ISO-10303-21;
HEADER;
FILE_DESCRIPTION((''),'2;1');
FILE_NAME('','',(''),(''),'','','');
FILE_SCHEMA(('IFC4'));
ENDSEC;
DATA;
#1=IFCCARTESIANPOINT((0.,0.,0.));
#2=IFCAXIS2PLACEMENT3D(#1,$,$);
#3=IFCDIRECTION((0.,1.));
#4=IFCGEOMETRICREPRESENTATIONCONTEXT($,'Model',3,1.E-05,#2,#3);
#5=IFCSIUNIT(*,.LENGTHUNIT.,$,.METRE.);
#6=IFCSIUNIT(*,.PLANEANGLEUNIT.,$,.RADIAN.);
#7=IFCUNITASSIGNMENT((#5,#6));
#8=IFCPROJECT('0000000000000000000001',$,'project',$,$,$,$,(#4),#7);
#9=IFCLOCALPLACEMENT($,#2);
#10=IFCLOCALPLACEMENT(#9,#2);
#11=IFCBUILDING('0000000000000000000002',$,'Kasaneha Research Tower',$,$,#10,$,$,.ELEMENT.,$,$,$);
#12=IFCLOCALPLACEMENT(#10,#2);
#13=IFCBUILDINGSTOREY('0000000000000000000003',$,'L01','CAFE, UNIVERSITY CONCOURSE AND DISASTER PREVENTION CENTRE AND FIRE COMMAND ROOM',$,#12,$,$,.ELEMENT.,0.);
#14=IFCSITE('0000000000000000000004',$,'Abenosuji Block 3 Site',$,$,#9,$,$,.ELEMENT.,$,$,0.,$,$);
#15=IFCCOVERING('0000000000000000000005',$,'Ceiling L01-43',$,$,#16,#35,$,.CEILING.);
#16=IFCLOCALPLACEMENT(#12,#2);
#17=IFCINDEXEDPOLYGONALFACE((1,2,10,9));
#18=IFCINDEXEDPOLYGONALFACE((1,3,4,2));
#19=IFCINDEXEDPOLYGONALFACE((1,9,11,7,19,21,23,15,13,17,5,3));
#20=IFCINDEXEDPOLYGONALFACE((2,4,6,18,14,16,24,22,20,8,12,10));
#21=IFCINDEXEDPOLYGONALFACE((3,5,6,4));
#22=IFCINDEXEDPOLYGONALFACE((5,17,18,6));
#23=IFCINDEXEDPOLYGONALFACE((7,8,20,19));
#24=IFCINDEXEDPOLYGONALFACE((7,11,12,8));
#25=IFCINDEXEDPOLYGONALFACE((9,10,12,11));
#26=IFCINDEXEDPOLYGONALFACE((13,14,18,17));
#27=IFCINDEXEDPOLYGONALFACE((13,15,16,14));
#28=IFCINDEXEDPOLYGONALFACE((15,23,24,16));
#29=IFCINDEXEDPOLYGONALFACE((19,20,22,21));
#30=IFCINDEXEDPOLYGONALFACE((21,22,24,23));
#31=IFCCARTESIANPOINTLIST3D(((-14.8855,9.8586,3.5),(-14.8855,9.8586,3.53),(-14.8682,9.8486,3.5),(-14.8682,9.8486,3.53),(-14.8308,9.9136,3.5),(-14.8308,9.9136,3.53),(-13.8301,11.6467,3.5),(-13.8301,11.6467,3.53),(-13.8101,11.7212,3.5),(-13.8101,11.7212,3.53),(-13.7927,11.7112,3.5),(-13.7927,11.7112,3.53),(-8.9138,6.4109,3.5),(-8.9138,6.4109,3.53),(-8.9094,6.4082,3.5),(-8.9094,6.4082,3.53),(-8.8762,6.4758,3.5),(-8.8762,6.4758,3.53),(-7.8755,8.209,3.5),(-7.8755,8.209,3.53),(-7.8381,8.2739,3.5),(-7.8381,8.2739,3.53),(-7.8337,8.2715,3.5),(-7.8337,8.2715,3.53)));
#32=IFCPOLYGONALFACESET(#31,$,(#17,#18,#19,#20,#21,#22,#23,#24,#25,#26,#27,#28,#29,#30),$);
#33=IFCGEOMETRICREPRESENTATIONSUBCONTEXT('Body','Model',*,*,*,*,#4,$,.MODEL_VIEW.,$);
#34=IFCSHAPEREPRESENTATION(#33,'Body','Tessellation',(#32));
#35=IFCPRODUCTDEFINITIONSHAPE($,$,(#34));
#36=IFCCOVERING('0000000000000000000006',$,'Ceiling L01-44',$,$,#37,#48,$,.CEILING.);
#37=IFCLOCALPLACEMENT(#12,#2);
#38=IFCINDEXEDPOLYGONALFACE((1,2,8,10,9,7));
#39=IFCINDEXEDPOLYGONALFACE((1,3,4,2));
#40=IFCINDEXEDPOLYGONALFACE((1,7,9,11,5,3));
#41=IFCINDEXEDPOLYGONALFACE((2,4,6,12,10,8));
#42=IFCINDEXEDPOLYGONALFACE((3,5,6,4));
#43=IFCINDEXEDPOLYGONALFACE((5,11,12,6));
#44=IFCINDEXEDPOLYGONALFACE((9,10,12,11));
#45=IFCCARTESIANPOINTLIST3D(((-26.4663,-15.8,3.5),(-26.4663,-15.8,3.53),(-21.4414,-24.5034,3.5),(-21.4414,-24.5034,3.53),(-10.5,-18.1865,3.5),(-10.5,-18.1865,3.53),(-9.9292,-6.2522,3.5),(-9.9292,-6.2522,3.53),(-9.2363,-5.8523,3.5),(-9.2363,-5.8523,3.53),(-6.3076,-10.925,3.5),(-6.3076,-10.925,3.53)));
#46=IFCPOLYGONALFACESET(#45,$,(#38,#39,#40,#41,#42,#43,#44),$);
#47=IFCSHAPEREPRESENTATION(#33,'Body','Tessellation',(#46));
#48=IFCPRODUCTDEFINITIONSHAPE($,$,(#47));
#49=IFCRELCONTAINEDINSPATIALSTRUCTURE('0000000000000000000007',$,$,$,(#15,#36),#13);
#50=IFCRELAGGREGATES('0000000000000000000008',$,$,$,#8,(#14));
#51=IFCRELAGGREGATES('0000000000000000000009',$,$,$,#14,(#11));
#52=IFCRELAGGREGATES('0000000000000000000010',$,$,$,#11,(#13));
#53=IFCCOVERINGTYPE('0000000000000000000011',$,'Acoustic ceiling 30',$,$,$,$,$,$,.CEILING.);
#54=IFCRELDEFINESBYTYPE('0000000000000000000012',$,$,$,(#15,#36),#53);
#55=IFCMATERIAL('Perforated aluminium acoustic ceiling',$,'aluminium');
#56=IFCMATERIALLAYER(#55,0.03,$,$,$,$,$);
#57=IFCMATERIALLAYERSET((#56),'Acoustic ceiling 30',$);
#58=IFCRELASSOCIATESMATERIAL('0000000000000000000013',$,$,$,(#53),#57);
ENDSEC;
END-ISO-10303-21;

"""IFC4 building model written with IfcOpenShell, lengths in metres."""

from ifc_helpers import new_model, si_unit, direction, frame, origin, place, context, subcontext, project, spatial, polyline, outline, extrude, material, layer, layer_set, type_object, element, save


model = new_model("IFC4")

# Units and contexts
model_context = context("Model", 3, precision=1e-05, world=origin(), true_north=direction((0.0, 1.0)))
body_context = subcontext(model_context, "Body", "Model", "MODEL_VIEW")
ifc_project = project(units=[si_unit("LENGTHUNIT", "METRE"), si_unit("PLANEANGLEUNIT", "RADIAN")], contexts=[model_context])

# Site, building, storey
site_placement = place(None, origin())
site = spatial("IfcSite", under=ifc_project, at=site_placement, Name="Abenosuji Block 3 Site", CompositionType="ELEMENT", RefElevation=0.0)
building_placement = place(site_placement, origin())
building = spatial("IfcBuilding", under=site, at=building_placement, Name="Kasaneha Research Tower", CompositionType="ELEMENT")
storey_placement = place(building_placement, origin())
storey = spatial("IfcBuildingStorey", under=building, at=storey_placement, Name="L01", Description="CAFE, UNIVERSITY CONCOURSE AND DISASTER PREVENTION CENTRE AND FIRE COMMAND ROOM", CompositionType="ELEMENT", Elevation=0.0)

# Coverings
ifc_material_1 = material(Name="Perforated aluminium acoustic ceiling", Category="aluminium")
ifc_layer_1 = layer(ifc_material_1, 0.03)
ifc_layer_set_1 = layer_set([ifc_layer_1], Name="Acoustic ceiling 30")
covering_type = type_object("IfcCoveringType", Name="Acoustic ceiling 30", PredefinedType="CEILING", material=ifc_layer_set_1)
covering_1_placement = place(storey_placement, frame((0.0, 0.0, 3.5)))
element("IfcCovering", 1, at=covering_1_placement, inside=storey, type_object=covering_type, Name="Ceiling L01-43", PredefinedType="CEILING", context=body_context, shape_type="SweptSolid", body=[
    extrude(outline(polyline([(-13.8101, 11.7212), (-13.7927, 11.7112), (-13.8301, 11.6467), (-7.8755, 8.209), (-7.8381, 8.2739), (-7.8337, 8.2715), (-8.9094, 6.4082), (-8.9138, 6.4109), (-8.8762, 6.4758), (-14.8308, 9.9136), (-14.8682, 9.8486), (-14.8855, 9.8586), (-13.8101, 11.7212)])), origin(), (0.0, 0.0, 1.0), 0.03),
])
covering_2_placement = place(storey_placement, frame((0.0, 0.0, 3.5)))
element("IfcCovering", 2, at=covering_2_placement, inside=storey, type_object=covering_type, Name="Ceiling L01-44", PredefinedType="CEILING", context=body_context, shape_type="SweptSolid", body=[
    extrude(outline(polyline([(-9.2363, -5.8523), (-6.3076, -10.925), (-10.5, -18.1865), (-21.4414, -24.5034), (-26.4663, -15.8), (-9.9292, -6.2522), (-9.9292, -6.2522), (-9.2363, -5.8523)])), origin(), (0.0, 0.0, 1.0), 0.03),
])

save(model, "model.ifc")
